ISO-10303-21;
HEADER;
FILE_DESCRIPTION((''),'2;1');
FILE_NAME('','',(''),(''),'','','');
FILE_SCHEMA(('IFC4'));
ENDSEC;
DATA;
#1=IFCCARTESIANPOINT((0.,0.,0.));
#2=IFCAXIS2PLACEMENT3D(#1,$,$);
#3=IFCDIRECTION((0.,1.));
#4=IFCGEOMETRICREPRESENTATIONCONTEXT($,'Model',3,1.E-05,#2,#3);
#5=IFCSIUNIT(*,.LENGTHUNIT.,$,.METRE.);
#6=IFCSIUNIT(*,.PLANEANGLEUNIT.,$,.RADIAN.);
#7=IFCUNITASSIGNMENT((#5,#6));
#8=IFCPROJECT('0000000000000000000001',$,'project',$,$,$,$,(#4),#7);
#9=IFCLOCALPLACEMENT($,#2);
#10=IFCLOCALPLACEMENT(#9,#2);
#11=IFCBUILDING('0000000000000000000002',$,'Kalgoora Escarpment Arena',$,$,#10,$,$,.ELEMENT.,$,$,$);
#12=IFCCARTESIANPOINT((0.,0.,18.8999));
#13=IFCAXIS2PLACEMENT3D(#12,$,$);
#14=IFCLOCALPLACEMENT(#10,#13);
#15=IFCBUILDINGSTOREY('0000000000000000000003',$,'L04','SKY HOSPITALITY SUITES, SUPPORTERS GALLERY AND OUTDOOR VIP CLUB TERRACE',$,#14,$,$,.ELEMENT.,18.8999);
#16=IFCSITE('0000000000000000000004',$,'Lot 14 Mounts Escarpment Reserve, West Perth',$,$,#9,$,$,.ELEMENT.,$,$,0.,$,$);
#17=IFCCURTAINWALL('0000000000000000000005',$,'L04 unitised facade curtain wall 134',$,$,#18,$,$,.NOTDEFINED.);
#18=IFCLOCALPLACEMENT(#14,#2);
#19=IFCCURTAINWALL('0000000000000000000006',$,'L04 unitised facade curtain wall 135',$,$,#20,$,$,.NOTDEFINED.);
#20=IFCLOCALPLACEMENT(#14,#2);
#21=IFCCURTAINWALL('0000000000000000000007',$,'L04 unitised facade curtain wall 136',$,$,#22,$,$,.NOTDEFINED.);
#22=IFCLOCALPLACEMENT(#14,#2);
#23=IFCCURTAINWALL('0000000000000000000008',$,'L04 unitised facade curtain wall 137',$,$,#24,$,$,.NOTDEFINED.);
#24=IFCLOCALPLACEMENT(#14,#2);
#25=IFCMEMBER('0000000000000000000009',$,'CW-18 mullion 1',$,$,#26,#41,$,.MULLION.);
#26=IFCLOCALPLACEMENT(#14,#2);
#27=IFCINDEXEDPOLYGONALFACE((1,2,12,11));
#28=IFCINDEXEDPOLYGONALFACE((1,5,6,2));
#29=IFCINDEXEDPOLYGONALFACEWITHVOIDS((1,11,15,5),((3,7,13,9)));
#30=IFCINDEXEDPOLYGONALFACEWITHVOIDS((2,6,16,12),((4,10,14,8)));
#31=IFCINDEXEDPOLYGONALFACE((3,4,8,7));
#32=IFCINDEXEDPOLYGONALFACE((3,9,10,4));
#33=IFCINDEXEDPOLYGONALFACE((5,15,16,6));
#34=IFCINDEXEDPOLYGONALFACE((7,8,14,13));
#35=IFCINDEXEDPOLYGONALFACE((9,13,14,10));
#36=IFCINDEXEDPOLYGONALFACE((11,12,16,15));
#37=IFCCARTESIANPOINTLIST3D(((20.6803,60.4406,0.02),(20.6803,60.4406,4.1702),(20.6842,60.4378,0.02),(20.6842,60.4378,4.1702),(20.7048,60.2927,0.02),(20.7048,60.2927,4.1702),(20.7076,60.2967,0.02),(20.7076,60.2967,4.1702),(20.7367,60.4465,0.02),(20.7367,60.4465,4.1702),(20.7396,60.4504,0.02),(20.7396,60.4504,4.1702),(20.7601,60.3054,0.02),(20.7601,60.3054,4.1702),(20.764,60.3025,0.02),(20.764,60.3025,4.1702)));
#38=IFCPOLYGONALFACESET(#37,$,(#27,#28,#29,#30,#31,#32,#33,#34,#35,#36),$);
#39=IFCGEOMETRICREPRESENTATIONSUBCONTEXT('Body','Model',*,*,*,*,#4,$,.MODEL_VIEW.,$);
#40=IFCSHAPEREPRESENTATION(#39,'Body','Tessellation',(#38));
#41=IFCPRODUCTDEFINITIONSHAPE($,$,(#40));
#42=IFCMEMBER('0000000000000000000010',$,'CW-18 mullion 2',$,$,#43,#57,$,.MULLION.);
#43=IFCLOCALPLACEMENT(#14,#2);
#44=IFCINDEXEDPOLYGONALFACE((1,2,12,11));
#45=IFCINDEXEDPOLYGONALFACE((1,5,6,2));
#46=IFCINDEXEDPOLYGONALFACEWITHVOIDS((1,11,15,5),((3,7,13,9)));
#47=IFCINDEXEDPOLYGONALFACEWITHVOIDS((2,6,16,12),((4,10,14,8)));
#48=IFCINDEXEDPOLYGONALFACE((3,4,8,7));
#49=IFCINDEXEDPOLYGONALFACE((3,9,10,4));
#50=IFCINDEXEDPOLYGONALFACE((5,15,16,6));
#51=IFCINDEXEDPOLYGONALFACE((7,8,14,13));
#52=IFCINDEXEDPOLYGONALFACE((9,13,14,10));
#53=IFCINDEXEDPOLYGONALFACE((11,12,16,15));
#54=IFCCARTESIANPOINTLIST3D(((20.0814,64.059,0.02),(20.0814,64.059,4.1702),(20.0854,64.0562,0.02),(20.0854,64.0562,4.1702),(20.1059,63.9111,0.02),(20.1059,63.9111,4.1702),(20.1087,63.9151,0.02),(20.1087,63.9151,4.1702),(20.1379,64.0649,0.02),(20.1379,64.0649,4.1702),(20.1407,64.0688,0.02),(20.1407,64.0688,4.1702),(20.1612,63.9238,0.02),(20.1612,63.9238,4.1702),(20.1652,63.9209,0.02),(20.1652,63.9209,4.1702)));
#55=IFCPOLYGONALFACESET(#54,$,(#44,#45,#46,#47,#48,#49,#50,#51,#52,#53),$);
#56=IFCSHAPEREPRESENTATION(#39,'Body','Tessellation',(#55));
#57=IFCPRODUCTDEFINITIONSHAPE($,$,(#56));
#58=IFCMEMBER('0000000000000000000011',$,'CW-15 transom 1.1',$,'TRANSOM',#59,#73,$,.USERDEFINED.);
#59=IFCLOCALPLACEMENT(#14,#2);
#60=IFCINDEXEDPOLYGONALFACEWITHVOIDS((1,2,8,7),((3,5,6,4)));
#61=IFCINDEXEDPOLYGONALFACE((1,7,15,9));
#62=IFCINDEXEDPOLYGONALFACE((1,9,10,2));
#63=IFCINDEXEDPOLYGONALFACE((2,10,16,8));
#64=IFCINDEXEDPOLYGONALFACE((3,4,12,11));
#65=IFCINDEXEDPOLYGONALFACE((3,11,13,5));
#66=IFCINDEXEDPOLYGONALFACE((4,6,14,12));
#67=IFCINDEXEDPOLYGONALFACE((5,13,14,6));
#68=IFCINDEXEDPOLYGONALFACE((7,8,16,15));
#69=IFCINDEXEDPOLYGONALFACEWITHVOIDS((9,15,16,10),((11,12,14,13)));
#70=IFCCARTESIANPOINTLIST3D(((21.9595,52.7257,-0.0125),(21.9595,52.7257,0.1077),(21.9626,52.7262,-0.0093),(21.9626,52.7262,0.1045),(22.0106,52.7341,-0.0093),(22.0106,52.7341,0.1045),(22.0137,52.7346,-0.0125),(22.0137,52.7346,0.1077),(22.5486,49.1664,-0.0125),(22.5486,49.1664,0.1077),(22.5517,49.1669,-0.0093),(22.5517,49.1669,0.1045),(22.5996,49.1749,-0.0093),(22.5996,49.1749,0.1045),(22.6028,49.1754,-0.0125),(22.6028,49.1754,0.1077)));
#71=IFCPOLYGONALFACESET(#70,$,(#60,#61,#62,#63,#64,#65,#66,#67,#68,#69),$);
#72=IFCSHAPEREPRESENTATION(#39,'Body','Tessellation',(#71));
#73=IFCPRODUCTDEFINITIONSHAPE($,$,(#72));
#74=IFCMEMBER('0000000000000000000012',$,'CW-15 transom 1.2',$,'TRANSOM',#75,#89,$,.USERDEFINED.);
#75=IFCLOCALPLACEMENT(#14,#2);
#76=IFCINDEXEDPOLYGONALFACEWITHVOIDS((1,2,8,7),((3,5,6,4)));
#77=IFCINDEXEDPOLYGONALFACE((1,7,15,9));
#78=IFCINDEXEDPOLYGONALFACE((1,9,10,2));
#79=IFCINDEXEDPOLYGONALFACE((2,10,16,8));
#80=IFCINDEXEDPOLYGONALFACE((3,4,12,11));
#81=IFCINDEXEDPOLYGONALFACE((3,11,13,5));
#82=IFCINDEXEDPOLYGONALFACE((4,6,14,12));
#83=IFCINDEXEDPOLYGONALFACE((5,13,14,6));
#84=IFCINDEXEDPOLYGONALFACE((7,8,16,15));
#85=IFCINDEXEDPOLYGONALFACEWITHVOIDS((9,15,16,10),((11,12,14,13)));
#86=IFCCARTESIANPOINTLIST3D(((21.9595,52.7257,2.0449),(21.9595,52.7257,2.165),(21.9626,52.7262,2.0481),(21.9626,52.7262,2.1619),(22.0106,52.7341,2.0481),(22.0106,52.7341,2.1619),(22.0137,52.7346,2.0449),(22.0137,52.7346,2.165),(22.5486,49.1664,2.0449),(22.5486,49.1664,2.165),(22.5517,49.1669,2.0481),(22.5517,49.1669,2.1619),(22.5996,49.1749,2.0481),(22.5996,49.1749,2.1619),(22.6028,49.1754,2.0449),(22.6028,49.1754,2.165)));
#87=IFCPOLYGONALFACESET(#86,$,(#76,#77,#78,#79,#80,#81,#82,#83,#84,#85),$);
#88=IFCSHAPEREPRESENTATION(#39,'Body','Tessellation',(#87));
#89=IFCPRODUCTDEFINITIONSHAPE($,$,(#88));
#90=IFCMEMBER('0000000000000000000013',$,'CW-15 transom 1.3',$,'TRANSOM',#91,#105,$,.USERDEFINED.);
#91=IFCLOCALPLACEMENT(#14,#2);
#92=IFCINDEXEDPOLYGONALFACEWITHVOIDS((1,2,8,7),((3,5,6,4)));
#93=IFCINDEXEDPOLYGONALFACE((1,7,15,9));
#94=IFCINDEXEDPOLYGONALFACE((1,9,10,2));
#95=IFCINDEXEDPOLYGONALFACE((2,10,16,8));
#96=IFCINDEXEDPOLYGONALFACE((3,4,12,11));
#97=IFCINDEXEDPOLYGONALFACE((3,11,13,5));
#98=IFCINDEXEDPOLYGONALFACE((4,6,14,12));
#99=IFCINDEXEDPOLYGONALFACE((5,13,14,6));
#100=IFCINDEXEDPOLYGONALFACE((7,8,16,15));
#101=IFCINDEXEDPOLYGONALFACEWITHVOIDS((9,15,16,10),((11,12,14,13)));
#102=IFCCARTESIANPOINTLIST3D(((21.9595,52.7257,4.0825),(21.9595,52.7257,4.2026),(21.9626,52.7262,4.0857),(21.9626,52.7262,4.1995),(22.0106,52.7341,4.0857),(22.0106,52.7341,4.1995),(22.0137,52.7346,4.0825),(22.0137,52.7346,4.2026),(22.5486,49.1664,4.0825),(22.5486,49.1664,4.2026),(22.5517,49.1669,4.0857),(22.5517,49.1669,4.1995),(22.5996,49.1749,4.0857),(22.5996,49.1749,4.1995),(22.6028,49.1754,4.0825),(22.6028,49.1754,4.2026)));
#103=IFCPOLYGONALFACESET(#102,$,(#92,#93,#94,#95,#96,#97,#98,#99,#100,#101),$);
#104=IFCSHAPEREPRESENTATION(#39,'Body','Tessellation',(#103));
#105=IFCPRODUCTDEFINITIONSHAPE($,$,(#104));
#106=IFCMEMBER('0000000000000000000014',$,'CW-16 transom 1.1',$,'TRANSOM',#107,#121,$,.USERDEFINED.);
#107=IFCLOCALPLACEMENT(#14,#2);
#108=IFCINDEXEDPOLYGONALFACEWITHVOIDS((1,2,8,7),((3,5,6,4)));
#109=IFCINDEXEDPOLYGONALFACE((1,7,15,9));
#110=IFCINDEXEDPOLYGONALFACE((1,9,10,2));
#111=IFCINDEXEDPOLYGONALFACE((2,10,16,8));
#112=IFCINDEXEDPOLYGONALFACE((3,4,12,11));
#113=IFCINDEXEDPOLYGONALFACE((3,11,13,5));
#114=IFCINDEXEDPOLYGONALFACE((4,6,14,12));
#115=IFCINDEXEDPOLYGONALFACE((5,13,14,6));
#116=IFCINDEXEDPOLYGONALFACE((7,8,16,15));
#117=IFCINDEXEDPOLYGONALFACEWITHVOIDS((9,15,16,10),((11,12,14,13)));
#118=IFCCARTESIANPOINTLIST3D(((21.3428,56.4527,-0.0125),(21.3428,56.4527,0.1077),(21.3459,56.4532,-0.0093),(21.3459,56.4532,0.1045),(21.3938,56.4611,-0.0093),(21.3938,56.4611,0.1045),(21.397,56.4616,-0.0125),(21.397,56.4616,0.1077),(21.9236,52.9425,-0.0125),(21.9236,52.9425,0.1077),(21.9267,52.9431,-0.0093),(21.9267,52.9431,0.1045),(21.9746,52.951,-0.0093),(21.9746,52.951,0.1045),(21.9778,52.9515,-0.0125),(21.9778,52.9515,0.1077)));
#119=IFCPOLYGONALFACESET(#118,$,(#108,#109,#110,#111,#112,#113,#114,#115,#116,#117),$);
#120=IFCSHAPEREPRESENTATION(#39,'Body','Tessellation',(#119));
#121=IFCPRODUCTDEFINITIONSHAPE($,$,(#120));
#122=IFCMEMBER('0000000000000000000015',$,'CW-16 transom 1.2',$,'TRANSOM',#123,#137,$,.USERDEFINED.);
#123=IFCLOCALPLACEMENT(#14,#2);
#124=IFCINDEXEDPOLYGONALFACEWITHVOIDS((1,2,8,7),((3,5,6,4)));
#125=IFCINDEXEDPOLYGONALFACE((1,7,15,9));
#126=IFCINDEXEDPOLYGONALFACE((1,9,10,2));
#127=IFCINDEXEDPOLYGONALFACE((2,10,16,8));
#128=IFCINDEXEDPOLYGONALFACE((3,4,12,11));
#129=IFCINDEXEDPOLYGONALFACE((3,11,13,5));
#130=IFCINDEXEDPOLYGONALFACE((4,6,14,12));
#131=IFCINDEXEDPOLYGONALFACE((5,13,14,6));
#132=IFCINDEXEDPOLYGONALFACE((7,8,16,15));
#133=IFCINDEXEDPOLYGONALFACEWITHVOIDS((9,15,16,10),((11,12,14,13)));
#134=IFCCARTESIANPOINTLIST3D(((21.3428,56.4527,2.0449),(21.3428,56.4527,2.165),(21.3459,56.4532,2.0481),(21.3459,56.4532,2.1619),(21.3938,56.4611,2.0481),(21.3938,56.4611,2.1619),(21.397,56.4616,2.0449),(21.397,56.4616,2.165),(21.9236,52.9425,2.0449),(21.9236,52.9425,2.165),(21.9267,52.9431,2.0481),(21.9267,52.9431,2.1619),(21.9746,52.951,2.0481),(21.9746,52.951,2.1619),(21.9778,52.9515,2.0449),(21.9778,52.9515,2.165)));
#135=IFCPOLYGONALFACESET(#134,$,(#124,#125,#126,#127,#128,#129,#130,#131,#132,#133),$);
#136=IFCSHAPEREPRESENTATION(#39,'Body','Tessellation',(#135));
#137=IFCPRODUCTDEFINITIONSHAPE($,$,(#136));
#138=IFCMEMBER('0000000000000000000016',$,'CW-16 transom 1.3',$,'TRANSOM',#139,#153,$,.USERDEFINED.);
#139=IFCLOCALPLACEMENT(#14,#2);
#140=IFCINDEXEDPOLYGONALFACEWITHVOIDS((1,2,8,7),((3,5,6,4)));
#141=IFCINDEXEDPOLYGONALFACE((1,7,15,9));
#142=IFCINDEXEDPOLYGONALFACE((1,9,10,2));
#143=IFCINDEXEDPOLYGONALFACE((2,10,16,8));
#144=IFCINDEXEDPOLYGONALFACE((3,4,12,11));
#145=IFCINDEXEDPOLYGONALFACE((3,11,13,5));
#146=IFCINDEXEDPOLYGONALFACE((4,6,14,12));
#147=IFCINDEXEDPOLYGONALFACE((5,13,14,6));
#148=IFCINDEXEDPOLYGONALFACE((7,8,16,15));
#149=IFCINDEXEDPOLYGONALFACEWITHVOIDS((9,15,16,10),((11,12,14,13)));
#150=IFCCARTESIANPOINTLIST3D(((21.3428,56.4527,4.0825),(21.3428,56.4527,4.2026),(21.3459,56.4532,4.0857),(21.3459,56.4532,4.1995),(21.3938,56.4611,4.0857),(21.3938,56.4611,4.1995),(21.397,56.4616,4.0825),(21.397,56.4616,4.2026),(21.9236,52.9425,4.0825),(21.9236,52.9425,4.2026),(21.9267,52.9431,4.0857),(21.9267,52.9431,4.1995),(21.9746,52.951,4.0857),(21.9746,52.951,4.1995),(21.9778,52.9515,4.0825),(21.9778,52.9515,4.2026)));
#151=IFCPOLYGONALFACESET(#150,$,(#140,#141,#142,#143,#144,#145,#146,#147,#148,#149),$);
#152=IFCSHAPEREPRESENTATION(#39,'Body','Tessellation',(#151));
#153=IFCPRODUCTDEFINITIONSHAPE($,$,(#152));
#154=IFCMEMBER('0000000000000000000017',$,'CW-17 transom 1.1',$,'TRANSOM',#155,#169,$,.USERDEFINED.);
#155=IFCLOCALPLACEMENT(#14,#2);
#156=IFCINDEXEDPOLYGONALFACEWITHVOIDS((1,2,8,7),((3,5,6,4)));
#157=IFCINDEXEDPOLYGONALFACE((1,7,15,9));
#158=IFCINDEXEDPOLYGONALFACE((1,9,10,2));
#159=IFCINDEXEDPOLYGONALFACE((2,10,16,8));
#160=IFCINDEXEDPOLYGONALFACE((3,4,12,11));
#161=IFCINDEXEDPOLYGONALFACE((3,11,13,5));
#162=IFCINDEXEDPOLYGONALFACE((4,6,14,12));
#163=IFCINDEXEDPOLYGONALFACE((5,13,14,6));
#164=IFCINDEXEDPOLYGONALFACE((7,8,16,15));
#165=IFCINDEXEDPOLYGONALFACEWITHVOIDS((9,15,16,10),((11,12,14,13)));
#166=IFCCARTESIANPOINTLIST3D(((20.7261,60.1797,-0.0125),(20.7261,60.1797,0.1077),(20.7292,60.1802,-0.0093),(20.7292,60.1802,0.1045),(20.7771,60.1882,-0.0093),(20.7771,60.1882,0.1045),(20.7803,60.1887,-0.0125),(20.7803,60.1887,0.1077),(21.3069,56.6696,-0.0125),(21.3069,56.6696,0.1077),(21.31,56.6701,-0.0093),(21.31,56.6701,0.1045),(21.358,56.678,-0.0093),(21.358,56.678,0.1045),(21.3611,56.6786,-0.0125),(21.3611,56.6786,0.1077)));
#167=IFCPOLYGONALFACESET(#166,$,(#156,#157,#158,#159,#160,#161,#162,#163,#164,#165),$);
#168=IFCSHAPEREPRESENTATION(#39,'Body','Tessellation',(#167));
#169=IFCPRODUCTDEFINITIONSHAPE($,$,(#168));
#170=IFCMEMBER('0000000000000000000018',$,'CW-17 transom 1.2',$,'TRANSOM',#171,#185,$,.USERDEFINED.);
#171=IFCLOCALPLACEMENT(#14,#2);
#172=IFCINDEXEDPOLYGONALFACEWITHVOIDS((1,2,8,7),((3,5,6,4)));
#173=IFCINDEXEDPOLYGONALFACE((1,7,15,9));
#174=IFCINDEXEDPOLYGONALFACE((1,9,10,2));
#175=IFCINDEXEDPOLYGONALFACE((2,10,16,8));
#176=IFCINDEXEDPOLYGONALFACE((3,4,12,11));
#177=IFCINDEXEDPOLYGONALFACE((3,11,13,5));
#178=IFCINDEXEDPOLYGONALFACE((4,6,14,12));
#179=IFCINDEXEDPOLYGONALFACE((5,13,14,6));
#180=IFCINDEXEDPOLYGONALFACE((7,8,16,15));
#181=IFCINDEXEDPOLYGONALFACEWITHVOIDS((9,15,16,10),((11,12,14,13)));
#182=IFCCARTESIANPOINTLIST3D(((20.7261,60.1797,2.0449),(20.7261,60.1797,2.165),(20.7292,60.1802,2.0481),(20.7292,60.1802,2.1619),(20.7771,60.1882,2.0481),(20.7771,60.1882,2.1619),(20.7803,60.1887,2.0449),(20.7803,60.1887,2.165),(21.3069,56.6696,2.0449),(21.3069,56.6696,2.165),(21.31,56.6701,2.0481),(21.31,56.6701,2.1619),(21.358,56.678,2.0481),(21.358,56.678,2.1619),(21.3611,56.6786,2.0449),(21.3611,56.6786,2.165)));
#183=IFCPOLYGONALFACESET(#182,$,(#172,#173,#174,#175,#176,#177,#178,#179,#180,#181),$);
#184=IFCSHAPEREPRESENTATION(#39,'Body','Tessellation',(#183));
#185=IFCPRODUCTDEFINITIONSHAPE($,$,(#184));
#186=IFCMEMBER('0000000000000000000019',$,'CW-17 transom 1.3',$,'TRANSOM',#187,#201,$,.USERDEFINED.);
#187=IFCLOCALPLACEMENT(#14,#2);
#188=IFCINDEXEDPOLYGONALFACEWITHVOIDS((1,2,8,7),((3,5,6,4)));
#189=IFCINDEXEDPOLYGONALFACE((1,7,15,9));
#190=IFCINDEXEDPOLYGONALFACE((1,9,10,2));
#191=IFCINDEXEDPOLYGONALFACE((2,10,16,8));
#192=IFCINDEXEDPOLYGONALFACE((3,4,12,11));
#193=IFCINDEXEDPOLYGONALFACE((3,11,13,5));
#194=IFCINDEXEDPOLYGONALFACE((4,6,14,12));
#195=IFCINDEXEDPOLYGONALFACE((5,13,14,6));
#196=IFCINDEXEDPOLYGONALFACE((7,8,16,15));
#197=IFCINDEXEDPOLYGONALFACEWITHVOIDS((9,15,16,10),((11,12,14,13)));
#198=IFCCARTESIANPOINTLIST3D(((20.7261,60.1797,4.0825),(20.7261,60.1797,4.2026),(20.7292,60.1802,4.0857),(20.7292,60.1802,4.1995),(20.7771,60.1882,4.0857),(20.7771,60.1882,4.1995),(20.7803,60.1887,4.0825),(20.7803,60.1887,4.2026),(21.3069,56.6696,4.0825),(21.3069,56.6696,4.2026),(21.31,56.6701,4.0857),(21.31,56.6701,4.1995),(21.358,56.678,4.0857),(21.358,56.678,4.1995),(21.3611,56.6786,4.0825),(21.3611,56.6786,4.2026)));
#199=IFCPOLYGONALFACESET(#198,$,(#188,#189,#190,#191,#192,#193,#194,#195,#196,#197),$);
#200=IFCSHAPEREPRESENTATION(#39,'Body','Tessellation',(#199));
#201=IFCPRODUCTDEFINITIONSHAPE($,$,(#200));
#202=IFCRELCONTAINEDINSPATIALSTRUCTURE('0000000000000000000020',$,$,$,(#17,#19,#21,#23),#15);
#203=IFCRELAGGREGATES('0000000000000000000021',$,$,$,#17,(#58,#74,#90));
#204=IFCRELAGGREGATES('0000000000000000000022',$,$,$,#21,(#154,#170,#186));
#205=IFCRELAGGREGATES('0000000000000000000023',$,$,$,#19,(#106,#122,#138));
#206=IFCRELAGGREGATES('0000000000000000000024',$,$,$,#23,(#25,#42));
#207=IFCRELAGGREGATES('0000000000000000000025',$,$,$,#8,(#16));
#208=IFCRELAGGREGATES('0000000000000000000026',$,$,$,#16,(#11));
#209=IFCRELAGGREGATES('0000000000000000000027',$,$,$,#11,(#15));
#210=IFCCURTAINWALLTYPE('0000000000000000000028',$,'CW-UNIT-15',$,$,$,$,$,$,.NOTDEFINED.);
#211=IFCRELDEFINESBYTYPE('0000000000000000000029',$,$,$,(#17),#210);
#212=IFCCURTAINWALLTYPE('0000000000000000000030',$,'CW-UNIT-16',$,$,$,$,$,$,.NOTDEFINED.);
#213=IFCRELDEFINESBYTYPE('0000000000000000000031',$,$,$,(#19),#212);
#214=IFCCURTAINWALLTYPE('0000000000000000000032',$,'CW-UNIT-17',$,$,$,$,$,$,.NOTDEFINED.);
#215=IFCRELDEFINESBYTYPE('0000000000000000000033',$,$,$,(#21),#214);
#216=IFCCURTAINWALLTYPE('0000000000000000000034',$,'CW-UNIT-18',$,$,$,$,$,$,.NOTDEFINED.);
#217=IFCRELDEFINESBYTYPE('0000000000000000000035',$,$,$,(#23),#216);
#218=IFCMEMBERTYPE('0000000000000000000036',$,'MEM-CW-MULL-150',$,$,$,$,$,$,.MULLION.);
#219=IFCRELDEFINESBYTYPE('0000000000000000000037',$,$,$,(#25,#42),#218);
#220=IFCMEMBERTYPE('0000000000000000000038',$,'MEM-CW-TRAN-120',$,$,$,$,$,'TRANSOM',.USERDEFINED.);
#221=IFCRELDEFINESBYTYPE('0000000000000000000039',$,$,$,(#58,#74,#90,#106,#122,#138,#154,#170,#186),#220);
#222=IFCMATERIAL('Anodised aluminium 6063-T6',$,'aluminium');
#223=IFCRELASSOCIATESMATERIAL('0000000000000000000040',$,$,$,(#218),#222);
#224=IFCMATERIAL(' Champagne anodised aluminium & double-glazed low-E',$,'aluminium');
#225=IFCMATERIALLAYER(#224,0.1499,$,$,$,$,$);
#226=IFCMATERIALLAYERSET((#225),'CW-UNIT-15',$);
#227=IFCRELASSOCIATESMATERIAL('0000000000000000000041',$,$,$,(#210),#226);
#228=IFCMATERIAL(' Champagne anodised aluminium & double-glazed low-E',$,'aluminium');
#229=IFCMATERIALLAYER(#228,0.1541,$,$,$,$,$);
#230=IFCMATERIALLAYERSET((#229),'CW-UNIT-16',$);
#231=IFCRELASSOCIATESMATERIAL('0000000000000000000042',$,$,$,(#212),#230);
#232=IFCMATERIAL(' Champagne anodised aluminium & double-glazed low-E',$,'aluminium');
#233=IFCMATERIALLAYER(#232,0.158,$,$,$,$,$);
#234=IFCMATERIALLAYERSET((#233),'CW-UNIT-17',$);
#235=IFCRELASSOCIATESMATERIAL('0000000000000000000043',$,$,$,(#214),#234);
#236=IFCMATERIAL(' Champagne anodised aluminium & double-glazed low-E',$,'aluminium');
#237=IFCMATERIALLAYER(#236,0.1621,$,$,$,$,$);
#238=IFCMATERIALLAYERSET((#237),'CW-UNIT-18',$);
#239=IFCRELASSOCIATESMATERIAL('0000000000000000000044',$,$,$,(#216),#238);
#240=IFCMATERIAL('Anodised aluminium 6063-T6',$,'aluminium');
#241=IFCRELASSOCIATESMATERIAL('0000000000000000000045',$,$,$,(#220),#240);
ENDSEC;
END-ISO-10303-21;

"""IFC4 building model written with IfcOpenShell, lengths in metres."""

from ifc_helpers import new_model, si_unit, direction, frame, origin, origin_2d, place, context, subcontext, project, spatial, hollow_rectangle, extrude, material, layer, layer_set, material_profile, profile_set, type_object, element, aggregate, save


model = new_model("IFC4")

# Units and contexts
model_context = context("Model", 3, precision=1e-05, world=origin(), true_north=direction((0.0, 1.0)))
body_context = subcontext(model_context, "Body", "Model", "MODEL_VIEW")
ifc_project = project(units=[si_unit("LENGTHUNIT", "METRE"), si_unit("PLANEANGLEUNIT", "RADIAN")], contexts=[model_context])

# Site, building, storey
site_placement = place(None, origin())
site = spatial("IfcSite", under=ifc_project, at=site_placement, Name="Lot 14 Mounts Escarpment Reserve, West Perth", CompositionType="ELEMENT", RefElevation=0.0)
building_placement = place(site_placement, origin())
building = spatial("IfcBuilding", under=site, at=building_placement, Name="Kalgoora Escarpment Arena", CompositionType="ELEMENT")
storey_placement = place(building_placement, frame((0.0, 0.0, 18.8999)))
storey = spatial("IfcBuildingStorey", under=building, at=storey_placement, Name="L04", Description="SKY HOSPITALITY SUITES, SUPPORTERS GALLERY AND OUTDOOR VIP CLUB TERRACE", CompositionType="ELEMENT", Elevation=18.8999)

# Shared definitions
ifc_material_1 = material(Name="Anodised aluminium 6063-T6", Category="aluminium")
ifc_material_profile_1 = material_profile(ifc_material_1, hollow_rectangle(XDim=0.0601, YDim=0.1499, WallThickness=0.0034, at=origin_2d()))
ifc_profile_set_1 = profile_set([ifc_material_profile_1], Name="Anodised aluminium 6063-T6")
member_type_1 = type_object("IfcMemberType", Name="MEM-CW-MULL-150", PredefinedType="MULLION", material=ifc_profile_set_1)

# Curtain walls, members
ifc_material_2 = material(Name=" Champagne anodised aluminium & double-glazed low-E", Category="aluminium")
ifc_layer_1 = layer(ifc_material_2, 0.1499)
ifc_layer_set_1 = layer_set([ifc_layer_1], Name="CW-UNIT-15")
curtain_wall_type_1 = type_object("IfcCurtainWallType", Name="CW-UNIT-15", PredefinedType="NOTDEFINED", material=ifc_layer_set_1)
curtain_wall_1_placement = place(storey_placement, origin())
curtain_wall_1 = element("IfcCurtainWall", 1, at=curtain_wall_1_placement, inside=storey, type_object=curtain_wall_type_1, Name="L04 unitised facade curtain wall 134", PredefinedType="NOTDEFINED")
ifc_material_3 = material(Name=" Champagne anodised aluminium & double-glazed low-E", Category="aluminium")
ifc_layer_2 = layer(ifc_material_3, 0.1541)
ifc_layer_set_2 = layer_set([ifc_layer_2], Name="CW-UNIT-16")
curtain_wall_type_2 = type_object("IfcCurtainWallType", Name="CW-UNIT-16", PredefinedType="NOTDEFINED", material=ifc_layer_set_2)
curtain_wall_2_placement = place(storey_placement, origin())
curtain_wall_2 = element("IfcCurtainWall", 2, at=curtain_wall_2_placement, inside=storey, type_object=curtain_wall_type_2, Name="L04 unitised facade curtain wall 135", PredefinedType="NOTDEFINED")
ifc_material_4 = material(Name=" Champagne anodised aluminium & double-glazed low-E", Category="aluminium")
ifc_layer_3 = layer(ifc_material_4, 0.158)
ifc_layer_set_3 = layer_set([ifc_layer_3], Name="CW-UNIT-17")
curtain_wall_type_3 = type_object("IfcCurtainWallType", Name="CW-UNIT-17", PredefinedType="NOTDEFINED", material=ifc_layer_set_3)
curtain_wall_3_placement = place(storey_placement, origin())
curtain_wall_3 = element("IfcCurtainWall", 3, at=curtain_wall_3_placement, inside=storey, type_object=curtain_wall_type_3, Name="L04 unitised facade curtain wall 136", PredefinedType="NOTDEFINED")
ifc_material_5 = material(Name=" Champagne anodised aluminium & double-glazed low-E", Category="aluminium")
ifc_layer_4 = layer(ifc_material_5, 0.1621)
ifc_layer_set_4 = layer_set([ifc_layer_4], Name="CW-UNIT-18")
curtain_wall_type_4 = type_object("IfcCurtainWallType", Name="CW-UNIT-18", PredefinedType="NOTDEFINED", material=ifc_layer_set_4)
curtain_wall_4_placement = place(storey_placement, origin())
curtain_wall_4 = element("IfcCurtainWall", 4, at=curtain_wall_4_placement, inside=storey, type_object=curtain_wall_type_4, Name="L04 unitised facade curtain wall 137", PredefinedType="NOTDEFINED")
member_1_placement = place(storey_placement, frame((20.7222, 60.3716, 0.02), z_axis=(0.0, 0.0, 1.0), x_axis=(-0.986583, -0.163263, 0.0)))
member_1 = element("IfcMember", 5, at=member_1_placement, type_object=member_type_1, Name="CW-18 mullion 1", PredefinedType="MULLION", context=body_context, shape_type="SweptSolid", body=[
    extrude(hollow_rectangle(XDim=0.0601, YDim=0.1499, WallThickness=0.0034, at=origin_2d()), origin(), (0.0, 0.0, 1.0), 4.1501),
])
member_2_placement = place(storey_placement, frame((20.1233, 63.99, 0.02), z_axis=(0.0, 0.0, 1.0), x_axis=(-0.986583, -0.163263, 0.0)))
member_2 = element("IfcMember", 6, at=member_2_placement, type_object=member_type_1, Name="CW-18 mullion 2", PredefinedType="MULLION", context=body_context, shape_type="SweptSolid", body=[
    extrude(hollow_rectangle(XDim=0.0601, YDim=0.1499, WallThickness=0.0034, at=origin_2d()), origin(), (0.0, 0.0, 1.0), 4.1501),
])

# Members
ifc_material_6 = material(Name="Anodised aluminium 6063-T6", Category="aluminium")
ifc_material_profile_2 = material_profile(ifc_material_6, hollow_rectangle(XDim=0.0549, YDim=0.1201, WallThickness=0.0032, at=origin_2d()))
ifc_profile_set_2 = profile_set([ifc_material_profile_2], Name="Anodised aluminium 6063-T6")
member_type_2 = type_object("IfcMemberType", Name="MEM-CW-TRAN-120", ElementType="TRANSOM", PredefinedType="USERDEFINED", material=ifc_profile_set_2)
member_3_placement = place(storey_placement, frame((22.5757, 49.1709, 0.0476), z_axis=(-0.163291, 0.986578, 0.0), x_axis=(-0.986578, -0.163291, 0.0)))
member_3 = element("IfcMember", 7, at=member_3_placement, type_object=member_type_2, Name="CW-15 transom 1.1", ObjectType="TRANSOM", PredefinedType="USERDEFINED", context=body_context, shape_type="SweptSolid", body=[
    extrude(hollow_rectangle(XDim=0.0549, YDim=0.1201, WallThickness=0.0032, at=origin_2d()), origin(), (0.0, 0.0, 1.0), 3.6077),
])
member_4_placement = place(storey_placement, frame((22.5757, 49.1709, 2.105), z_axis=(-0.163291, 0.986578, 0.0), x_axis=(-0.986578, -0.163291, 0.0)))
member_4 = element("IfcMember", 8, at=member_4_placement, type_object=member_type_2, Name="CW-15 transom 1.2", ObjectType="TRANSOM", PredefinedType="USERDEFINED", context=body_context, shape_type="SweptSolid", body=[
    extrude(hollow_rectangle(XDim=0.0549, YDim=0.1201, WallThickness=0.0032, at=origin_2d()), origin(), (0.0, 0.0, 1.0), 3.6077),
])
member_5_placement = place(storey_placement, frame((22.5757, 49.1709, 4.1426), z_axis=(-0.163291, 0.986578, 0.0), x_axis=(-0.986578, -0.163291, 0.0)))
member_5 = element("IfcMember", 9, at=member_5_placement, type_object=member_type_2, Name="CW-15 transom 1.3", ObjectType="TRANSOM", PredefinedType="USERDEFINED", context=body_context, shape_type="SweptSolid", body=[
    extrude(hollow_rectangle(XDim=0.0549, YDim=0.1201, WallThickness=0.0032, at=origin_2d()), origin(), (0.0, 0.0, 1.0), 3.6077),
])
member_6_placement = place(storey_placement, frame((21.9507, 52.947, 0.0476), z_axis=(-0.163253, 0.986584, 0.0), x_axis=(-0.986584, -0.163253, 0.0)))
member_6 = element("IfcMember", 10, at=member_6_placement, type_object=member_type_2, Name="CW-16 transom 1.1", ObjectType="TRANSOM", PredefinedType="USERDEFINED", context=body_context, shape_type="SweptSolid", body=[
    extrude(hollow_rectangle(XDim=0.0549, YDim=0.1201, WallThickness=0.0032, at=origin_2d()), origin(), (0.0, 0.0, 1.0), 3.5579),
])
member_7_placement = place(storey_placement, frame((21.9507, 52.947, 2.105), z_axis=(-0.163253, 0.986584, 0.0), x_axis=(-0.986584, -0.163253, 0.0)))
member_7 = element("IfcMember", 11, at=member_7_placement, type_object=member_type_2, Name="CW-16 transom 1.2", ObjectType="TRANSOM", PredefinedType="USERDEFINED", context=body_context, shape_type="SweptSolid", body=[
    extrude(hollow_rectangle(XDim=0.0549, YDim=0.1201, WallThickness=0.0032, at=origin_2d()), origin(), (0.0, 0.0, 1.0), 3.5579),
])
member_8_placement = place(storey_placement, frame((21.9507, 52.947, 4.1426), z_axis=(-0.163253, 0.986584, 0.0), x_axis=(-0.986584, -0.163253, 0.0)))
member_8 = element("IfcMember", 12, at=member_8_placement, type_object=member_type_2, Name="CW-16 transom 1.3", ObjectType="TRANSOM", PredefinedType="USERDEFINED", context=body_context, shape_type="SweptSolid", body=[
    extrude(hollow_rectangle(XDim=0.0549, YDim=0.1201, WallThickness=0.0032, at=origin_2d()), origin(), (0.0, 0.0, 1.0), 3.5579),
])
member_9_placement = place(storey_placement, frame((21.334, 56.6741, 0.0476), z_axis=(-0.163253, 0.986584, 0.0), x_axis=(-0.986584, -0.163253, 0.0)))
member_9 = element("IfcMember", 13, at=member_9_placement, type_object=member_type_2, Name="CW-17 transom 1.1", ObjectType="TRANSOM", PredefinedType="USERDEFINED", context=body_context, shape_type="SweptSolid", body=[
    extrude(hollow_rectangle(XDim=0.0549, YDim=0.1201, WallThickness=0.0032, at=origin_2d()), origin(), (0.0, 0.0, 1.0), 3.5579),
])
member_10_placement = place(storey_placement, frame((21.334, 56.6741, 2.105), z_axis=(-0.163253, 0.986584, 0.0), x_axis=(-0.986584, -0.163253, 0.0)))
member_10 = element("IfcMember", 14, at=member_10_placement, type_object=member_type_2, Name="CW-17 transom 1.2", ObjectType="TRANSOM", PredefinedType="USERDEFINED", context=body_context, shape_type="SweptSolid", body=[
    extrude(hollow_rectangle(XDim=0.0549, YDim=0.1201, WallThickness=0.0032, at=origin_2d()), origin(), (0.0, 0.0, 1.0), 3.5579),
])
member_11_placement = place(storey_placement, frame((21.334, 56.6741, 4.1426), z_axis=(-0.163253, 0.986584, 0.0), x_axis=(-0.986584, -0.163253, 0.0)))
member_11 = element("IfcMember", 15, at=member_11_placement, type_object=member_type_2, Name="CW-17 transom 1.3", ObjectType="TRANSOM", PredefinedType="USERDEFINED", context=body_context, shape_type="SweptSolid", body=[
    extrude(hollow_rectangle(XDim=0.0549, YDim=0.1201, WallThickness=0.0032, at=origin_2d()), origin(), (0.0, 0.0, 1.0), 3.5579),
])

aggregate(curtain_wall_1, [member_3, member_4, member_5])
aggregate(curtain_wall_3, [member_9, member_10, member_11])
aggregate(curtain_wall_2, [member_6, member_7, member_8])
aggregate(curtain_wall_4, [member_1, member_2])

save(model, "model.ifc")
